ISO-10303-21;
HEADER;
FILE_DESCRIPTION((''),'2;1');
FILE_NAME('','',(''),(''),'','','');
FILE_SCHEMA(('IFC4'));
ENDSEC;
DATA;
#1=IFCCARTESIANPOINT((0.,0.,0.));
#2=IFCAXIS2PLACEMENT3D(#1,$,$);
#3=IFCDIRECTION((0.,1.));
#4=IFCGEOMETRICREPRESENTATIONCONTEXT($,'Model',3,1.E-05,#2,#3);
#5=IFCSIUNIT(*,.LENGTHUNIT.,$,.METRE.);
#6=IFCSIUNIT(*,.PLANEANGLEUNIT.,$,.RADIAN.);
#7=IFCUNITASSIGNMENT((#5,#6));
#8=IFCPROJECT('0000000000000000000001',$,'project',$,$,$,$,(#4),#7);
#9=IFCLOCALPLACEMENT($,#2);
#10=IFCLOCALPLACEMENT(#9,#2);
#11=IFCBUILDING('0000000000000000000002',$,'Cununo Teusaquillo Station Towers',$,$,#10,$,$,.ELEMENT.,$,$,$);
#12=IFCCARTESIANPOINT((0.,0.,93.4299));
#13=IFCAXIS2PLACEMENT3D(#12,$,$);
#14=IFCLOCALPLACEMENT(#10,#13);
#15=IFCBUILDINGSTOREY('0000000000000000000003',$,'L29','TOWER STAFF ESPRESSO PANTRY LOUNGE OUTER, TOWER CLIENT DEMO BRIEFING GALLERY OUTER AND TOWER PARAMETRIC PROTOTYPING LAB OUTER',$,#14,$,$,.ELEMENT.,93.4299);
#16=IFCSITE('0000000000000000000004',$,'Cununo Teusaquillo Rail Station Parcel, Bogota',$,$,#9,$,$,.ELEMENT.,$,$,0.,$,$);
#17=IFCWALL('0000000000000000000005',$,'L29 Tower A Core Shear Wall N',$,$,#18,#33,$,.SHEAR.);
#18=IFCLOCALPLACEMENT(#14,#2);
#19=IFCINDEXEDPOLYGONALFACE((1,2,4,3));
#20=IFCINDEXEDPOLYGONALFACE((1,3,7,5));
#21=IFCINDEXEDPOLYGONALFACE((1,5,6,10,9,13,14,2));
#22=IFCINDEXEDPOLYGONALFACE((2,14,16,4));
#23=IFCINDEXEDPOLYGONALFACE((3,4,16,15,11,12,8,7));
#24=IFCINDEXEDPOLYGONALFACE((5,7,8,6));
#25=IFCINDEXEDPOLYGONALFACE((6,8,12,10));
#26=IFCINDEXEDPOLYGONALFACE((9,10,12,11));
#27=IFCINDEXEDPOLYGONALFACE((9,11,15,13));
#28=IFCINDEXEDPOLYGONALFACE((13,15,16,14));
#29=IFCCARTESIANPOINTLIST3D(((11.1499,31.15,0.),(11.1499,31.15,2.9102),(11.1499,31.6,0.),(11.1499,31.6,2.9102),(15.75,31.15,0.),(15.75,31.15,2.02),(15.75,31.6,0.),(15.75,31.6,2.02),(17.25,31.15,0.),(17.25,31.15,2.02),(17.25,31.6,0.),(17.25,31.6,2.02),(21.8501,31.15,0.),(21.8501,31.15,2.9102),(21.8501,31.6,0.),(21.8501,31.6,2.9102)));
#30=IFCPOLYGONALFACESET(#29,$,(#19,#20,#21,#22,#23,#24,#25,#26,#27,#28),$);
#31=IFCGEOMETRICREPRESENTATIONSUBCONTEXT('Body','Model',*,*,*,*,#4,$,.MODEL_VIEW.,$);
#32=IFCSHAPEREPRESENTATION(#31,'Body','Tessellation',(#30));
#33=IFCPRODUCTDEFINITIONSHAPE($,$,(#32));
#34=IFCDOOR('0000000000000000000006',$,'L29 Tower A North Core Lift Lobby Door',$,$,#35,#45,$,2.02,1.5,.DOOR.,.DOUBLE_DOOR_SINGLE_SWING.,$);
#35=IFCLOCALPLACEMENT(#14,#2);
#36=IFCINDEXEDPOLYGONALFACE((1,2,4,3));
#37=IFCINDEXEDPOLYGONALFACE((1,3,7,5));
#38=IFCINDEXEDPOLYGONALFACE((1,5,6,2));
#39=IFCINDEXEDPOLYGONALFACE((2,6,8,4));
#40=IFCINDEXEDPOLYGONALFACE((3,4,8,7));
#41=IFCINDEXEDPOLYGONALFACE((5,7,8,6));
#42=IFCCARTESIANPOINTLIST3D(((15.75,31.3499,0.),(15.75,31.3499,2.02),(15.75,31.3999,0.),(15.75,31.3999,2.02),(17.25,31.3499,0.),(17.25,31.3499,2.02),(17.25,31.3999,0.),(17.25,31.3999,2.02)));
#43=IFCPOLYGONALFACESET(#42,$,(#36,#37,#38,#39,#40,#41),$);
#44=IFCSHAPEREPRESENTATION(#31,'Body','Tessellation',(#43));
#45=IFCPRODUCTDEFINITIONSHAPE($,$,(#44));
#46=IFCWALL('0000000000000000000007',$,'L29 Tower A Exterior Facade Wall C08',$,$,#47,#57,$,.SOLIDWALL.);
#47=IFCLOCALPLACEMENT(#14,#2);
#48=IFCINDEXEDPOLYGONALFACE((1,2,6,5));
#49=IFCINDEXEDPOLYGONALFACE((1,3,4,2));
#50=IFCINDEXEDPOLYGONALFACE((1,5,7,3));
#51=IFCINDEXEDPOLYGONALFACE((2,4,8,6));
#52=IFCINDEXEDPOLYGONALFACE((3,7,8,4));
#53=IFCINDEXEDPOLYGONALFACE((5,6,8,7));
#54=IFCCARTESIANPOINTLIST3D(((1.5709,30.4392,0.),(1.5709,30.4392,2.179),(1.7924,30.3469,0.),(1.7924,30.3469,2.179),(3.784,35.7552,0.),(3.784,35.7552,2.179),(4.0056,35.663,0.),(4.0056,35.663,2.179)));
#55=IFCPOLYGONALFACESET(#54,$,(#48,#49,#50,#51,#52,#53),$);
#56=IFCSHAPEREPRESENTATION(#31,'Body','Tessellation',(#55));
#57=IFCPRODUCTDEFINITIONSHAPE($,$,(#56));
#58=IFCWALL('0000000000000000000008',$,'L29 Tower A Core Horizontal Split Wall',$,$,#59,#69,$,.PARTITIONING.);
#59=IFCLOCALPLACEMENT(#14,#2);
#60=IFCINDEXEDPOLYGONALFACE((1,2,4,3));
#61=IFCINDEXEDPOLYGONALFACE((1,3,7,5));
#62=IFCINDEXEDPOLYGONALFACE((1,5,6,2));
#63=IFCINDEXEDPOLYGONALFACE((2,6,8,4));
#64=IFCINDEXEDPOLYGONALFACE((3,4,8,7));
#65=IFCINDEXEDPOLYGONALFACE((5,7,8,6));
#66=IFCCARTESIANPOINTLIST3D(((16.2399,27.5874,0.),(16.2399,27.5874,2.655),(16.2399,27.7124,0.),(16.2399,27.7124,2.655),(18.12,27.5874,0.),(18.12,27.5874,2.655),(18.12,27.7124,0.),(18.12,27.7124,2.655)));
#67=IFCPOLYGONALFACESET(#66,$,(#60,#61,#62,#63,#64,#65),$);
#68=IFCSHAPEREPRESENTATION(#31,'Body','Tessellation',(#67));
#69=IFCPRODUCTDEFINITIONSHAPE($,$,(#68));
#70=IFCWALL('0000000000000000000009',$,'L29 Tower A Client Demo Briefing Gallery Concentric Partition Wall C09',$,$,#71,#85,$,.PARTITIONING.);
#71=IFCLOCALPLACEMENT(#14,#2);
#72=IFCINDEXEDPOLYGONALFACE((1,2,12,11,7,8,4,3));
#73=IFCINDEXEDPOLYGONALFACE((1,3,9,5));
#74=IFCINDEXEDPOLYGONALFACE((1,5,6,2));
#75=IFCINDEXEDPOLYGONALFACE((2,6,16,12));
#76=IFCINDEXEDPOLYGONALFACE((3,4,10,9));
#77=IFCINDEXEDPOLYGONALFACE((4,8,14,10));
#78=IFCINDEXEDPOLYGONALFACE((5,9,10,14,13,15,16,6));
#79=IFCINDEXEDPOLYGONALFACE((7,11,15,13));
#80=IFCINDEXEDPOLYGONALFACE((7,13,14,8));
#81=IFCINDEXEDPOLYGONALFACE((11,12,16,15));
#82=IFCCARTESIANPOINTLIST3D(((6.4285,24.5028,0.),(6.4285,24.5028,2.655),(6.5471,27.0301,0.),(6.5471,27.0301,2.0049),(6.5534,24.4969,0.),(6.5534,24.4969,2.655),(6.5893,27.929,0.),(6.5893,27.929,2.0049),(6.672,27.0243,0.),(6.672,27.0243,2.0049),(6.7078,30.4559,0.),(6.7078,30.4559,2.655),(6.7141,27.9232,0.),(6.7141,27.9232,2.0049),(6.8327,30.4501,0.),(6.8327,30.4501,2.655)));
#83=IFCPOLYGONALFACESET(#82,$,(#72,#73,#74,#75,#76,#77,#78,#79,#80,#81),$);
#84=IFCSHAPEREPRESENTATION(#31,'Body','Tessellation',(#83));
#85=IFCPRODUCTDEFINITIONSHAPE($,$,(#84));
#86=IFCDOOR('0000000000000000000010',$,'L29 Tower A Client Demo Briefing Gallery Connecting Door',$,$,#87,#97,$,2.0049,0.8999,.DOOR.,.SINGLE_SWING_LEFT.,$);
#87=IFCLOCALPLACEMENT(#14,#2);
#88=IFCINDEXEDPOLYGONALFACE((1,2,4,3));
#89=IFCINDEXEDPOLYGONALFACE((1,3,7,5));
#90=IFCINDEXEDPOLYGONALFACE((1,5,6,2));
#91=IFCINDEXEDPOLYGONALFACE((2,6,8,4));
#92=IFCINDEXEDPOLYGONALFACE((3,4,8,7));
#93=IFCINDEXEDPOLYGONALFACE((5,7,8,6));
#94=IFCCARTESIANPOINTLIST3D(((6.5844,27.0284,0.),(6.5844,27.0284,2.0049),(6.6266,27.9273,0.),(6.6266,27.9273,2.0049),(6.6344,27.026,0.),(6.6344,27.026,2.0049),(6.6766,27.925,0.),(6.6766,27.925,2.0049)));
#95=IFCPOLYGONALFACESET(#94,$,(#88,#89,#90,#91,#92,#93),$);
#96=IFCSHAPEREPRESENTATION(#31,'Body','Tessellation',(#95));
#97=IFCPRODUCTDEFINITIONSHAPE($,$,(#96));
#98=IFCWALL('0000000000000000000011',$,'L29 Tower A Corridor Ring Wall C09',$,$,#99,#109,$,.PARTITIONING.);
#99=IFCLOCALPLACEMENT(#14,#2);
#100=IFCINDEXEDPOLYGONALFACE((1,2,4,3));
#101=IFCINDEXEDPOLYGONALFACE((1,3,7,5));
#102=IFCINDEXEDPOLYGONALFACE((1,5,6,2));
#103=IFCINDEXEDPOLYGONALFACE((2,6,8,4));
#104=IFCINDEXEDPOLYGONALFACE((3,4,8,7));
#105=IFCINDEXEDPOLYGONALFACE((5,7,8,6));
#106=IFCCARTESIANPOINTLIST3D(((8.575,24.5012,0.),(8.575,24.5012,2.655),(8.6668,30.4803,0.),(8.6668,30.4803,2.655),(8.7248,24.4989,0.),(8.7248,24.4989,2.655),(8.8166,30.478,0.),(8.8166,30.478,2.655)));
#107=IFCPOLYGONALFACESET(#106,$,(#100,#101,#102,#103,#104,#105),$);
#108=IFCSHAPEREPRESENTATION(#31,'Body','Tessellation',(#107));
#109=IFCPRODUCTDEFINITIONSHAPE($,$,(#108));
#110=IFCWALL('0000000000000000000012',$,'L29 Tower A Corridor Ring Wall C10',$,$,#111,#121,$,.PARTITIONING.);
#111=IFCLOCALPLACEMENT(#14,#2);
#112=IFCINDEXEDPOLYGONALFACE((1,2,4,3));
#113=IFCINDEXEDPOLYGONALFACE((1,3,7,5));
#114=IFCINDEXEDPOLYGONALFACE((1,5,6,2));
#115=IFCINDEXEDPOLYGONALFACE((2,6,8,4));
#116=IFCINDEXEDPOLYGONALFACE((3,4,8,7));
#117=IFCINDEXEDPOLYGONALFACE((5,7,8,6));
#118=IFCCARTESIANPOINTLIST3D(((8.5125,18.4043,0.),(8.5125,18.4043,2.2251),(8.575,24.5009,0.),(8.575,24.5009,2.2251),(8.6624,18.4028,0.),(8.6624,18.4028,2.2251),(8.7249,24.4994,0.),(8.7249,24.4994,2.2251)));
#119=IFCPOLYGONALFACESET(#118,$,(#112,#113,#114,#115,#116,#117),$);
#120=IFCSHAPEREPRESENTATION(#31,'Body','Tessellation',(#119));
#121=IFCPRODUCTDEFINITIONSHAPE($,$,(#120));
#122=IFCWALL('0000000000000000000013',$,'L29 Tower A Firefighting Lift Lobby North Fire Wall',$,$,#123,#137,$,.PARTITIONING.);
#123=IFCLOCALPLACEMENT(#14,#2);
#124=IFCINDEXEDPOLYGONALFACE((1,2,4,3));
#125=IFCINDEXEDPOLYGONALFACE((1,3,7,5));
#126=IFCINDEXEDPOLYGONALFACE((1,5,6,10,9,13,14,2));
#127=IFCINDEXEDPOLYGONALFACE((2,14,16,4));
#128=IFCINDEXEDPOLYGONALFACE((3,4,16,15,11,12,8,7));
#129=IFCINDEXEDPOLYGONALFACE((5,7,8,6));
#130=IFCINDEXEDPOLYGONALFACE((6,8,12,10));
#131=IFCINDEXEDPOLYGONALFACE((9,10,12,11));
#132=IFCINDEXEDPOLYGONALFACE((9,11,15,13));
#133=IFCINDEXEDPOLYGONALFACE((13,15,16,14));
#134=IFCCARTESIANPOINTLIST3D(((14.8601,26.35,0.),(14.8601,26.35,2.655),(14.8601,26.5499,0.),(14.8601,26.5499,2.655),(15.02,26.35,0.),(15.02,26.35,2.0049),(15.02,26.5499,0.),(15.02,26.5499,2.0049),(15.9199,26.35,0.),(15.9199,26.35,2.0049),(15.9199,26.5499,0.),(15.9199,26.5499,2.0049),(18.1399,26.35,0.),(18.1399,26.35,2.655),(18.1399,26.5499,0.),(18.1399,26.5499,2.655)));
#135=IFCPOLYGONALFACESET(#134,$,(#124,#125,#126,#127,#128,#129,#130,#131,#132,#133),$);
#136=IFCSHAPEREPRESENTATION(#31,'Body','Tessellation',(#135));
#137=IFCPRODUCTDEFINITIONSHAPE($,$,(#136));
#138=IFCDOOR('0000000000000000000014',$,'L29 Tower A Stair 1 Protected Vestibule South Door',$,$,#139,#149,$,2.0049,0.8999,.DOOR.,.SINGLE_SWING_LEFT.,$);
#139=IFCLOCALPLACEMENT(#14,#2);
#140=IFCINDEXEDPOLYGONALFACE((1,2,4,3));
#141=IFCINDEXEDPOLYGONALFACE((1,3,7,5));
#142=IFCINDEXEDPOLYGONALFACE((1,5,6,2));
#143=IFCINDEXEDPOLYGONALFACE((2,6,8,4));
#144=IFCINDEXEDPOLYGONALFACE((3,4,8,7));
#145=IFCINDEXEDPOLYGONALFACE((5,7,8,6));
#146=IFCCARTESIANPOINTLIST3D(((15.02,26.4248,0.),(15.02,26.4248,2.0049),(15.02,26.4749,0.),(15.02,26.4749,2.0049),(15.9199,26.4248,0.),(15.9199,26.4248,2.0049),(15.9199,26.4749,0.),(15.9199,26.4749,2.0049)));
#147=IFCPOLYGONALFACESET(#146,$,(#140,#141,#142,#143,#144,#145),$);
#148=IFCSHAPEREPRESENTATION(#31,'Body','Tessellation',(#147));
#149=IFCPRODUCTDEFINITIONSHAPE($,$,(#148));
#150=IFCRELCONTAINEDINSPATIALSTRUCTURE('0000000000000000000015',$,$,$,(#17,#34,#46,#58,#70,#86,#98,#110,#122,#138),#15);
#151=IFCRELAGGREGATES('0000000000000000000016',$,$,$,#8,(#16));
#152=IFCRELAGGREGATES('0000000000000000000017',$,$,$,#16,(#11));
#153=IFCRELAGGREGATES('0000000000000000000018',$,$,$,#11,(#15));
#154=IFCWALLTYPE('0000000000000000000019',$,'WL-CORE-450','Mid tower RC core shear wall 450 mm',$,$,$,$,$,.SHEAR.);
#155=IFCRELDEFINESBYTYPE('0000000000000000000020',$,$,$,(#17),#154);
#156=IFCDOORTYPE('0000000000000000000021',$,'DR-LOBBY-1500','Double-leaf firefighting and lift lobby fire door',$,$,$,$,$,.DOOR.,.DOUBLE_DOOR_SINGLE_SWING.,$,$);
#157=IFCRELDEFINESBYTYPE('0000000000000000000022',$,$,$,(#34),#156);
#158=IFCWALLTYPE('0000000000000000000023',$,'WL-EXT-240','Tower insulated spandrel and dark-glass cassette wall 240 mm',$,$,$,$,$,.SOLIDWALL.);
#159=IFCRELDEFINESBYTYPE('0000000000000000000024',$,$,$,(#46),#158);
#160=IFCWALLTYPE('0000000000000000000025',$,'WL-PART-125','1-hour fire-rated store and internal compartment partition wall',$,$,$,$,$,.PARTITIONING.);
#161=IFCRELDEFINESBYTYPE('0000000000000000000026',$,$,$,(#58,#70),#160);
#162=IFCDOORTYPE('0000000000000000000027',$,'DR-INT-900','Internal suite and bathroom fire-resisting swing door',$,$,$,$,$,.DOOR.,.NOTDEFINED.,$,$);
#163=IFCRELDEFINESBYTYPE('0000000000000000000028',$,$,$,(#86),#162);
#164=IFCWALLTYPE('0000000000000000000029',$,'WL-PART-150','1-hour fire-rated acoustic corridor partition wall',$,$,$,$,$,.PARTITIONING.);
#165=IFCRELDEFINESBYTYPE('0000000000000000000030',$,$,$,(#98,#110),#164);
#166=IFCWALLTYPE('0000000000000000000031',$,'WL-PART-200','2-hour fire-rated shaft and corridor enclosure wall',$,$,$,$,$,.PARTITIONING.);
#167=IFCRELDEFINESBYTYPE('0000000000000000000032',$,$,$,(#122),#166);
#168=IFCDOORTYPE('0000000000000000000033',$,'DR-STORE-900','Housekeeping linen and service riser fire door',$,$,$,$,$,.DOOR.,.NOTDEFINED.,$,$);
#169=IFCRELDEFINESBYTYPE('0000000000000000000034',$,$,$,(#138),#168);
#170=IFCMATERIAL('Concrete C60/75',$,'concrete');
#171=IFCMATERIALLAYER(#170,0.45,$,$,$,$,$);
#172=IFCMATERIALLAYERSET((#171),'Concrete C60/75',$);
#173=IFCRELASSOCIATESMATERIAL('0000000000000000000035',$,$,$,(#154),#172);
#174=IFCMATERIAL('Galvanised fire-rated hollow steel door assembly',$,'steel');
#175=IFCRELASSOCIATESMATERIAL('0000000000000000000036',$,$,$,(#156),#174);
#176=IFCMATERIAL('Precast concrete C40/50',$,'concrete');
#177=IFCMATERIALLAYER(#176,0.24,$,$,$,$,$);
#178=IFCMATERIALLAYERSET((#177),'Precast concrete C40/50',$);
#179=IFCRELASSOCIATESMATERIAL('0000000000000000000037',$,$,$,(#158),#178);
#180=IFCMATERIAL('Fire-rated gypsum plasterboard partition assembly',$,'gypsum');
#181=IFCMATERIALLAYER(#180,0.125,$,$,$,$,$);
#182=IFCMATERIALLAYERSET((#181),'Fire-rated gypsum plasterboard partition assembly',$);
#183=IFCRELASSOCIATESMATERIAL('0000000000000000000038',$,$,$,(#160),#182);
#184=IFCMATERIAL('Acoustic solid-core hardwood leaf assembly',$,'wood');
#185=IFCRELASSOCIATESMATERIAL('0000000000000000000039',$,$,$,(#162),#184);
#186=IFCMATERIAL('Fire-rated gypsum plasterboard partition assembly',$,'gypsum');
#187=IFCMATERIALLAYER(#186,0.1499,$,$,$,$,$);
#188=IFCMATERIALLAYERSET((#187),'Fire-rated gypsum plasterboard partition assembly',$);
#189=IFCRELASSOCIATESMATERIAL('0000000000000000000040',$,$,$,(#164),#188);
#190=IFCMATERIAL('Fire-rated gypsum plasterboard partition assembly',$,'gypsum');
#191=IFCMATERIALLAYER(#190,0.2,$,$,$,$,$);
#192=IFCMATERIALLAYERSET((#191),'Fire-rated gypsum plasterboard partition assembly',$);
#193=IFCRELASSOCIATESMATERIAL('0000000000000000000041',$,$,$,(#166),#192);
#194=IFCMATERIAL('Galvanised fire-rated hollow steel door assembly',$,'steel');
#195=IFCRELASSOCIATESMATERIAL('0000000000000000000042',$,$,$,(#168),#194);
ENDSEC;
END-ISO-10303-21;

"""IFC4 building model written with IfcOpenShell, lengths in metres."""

from ifc_helpers import new_model, si_unit, direction, frame, frame_2d, origin, place, context, subcontext, project, spatial, rectangle, extrude, source, transform, mapped, material, layer, layer_set, type_object, element, fill, save


model = new_model("IFC4")

# Units and contexts
model_context = context("Model", 3, precision=1e-05, world=origin(), true_north=direction((0.0, 1.0)))
body_context = subcontext(model_context, "Body", "Model", "MODEL_VIEW")
ifc_project = project(units=[si_unit("LENGTHUNIT", "METRE"), si_unit("PLANEANGLEUNIT", "RADIAN")], contexts=[model_context])

# Site, building, storey
site_placement = place(None, origin())
site = spatial("IfcSite", under=ifc_project, at=site_placement, Name="Cununo Teusaquillo Rail Station Parcel, Bogota", CompositionType="ELEMENT", RefElevation=0.0)
building_placement = place(site_placement, origin())
building = spatial("IfcBuilding", under=site, at=building_placement, Name="Cununo Teusaquillo Station Towers", CompositionType="ELEMENT")
storey_placement = place(building_placement, frame((0.0, 0.0, 93.4299)))
storey = spatial("IfcBuildingStorey", under=building, at=storey_placement, Name="L29", Description="TOWER STAFF ESPRESSO PANTRY LOUNGE OUTER, TOWER CLIENT DEMO BRIEFING GALLERY OUTER AND TOWER PARAMETRIC PROTOTYPING LAB OUTER", CompositionType="ELEMENT", Elevation=93.4299)

# Wall, opening, door
ifc_material_1 = material(Name="Concrete C60/75", Category="concrete")
ifc_layer_1 = layer(ifc_material_1, 0.45)
ifc_layer_set_1 = layer_set([ifc_layer_1], Name="Concrete C60/75")
wall_type_1 = type_object("IfcWallType", Name="WL-CORE-450", Description="Mid tower RC core shear wall 450 mm", PredefinedType="SHEAR", material=ifc_layer_set_1)
wall_1_placement = place(storey_placement, frame((11.1499, 31.375, 0.0), z_axis=(0.0, 0.0, 1.0), x_axis=(1.0, 0.0, 0.0)))
wall_1 = element("IfcWall", 1, at=wall_1_placement, inside=storey, type_object=wall_type_1, Name="L29 Tower A Core Shear Wall N", PredefinedType="SHEAR", context=body_context, shape_type="SweptSolid", body=[
    extrude(rectangle(XDim=10.7002, YDim=0.45, at=frame_2d((5.3501, 0.0))), origin(), (0.0, 0.0, 1.0), 2.9102),
])
shared_shape_1 = source(origin(), body_context, "Body", "SweptSolid", [
    extrude(rectangle(XDim=1.5, YDim=2.02, at=frame_2d((0.75, 1.01))), frame((0.0, 0.2349, 0.0), z_axis=(0.0, -1.0, 0.0), x_axis=(1.0, 0.0, 0.0)), (0.0, 0.0, 1.0), 0.47),
])
opening_1_placement = place(wall_1_placement, frame((4.6001, 0.0, 0.0)))
opening_1 = element("IfcOpeningElement", 2, at=opening_1_placement, cuts=wall_1, PredefinedType="OPENING", context=body_context, shape_type="MappedRepresentation", body=[
    mapped(shared_shape_1, transform((0.0, 0.0, 0.0), x_axis=(1.0, 0.0, 0.0), y_axis=(0.0, 1.0, 0.0), z_axis=(0.0, 0.0, 1.0), scale=1.0)),
])
ifc_material_2 = material(Name="Galvanised fire-rated hollow steel door assembly", Category="steel")
door_type_1 = type_object("IfcDoorType", Name="DR-LOBBY-1500", Description="Double-leaf firefighting and lift lobby fire door", OperationType="DOUBLE_DOOR_SINGLE_SWING", PredefinedType="DOOR", material=ifc_material_2)
shared_shape_2 = source(origin(), body_context, "Body", "SweptSolid", [
    extrude(rectangle(XDim=1.5, YDim=2.02, at=frame_2d((0.75, 1.01))), frame((0.0, 0.0249, 0.0), z_axis=(0.0, -1.0, 0.0), x_axis=(1.0, 0.0, 0.0)), (0.0, 0.0, 1.0), 0.05),
])
door_1_placement = place(opening_1_placement, origin())
door_1 = element("IfcDoor", 3, at=door_1_placement, inside=storey, type_object=door_type_1, Name="L29 Tower A North Core Lift Lobby Door", OperationType="DOUBLE_DOOR_SINGLE_SWING", OverallHeight=2.02, OverallWidth=1.5, PredefinedType="DOOR", context=body_context, shape_type="MappedRepresentation", body=[
    mapped(shared_shape_2, transform((0.0, 0.0, 0.0), x_axis=(1.0, 0.0, 0.0), y_axis=(0.0, 1.0, 0.0), z_axis=(0.0, 0.0, 1.0), scale=1.0)),
])
fill(opening_1, door_1)

# Walls
ifc_material_3 = material(Name="Precast concrete C40/50", Category="concrete")
ifc_layer_2 = layer(ifc_material_3, 0.24)
ifc_layer_set_2 = layer_set([ifc_layer_2], Name="Precast concrete C40/50")
wall_type_2 = type_object("IfcWallType", Name="WL-EXT-240", Description="Tower insulated spandrel and dark-glass cassette wall 240 mm", PredefinedType="SOLIDWALL", material=ifc_layer_set_2)
wall_2_placement = place(storey_placement, frame((1.6816, 30.3931, 0.0), z_axis=(0.0, 0.0, 1.0), x_axis=(0.384344, 0.92319, 0.0)))
element("IfcWall", 4, at=wall_2_placement, inside=storey, type_object=wall_type_2, Name="L29 Tower A Exterior Facade Wall C08", PredefinedType="SOLIDWALL", context=body_context, shape_type="SweptSolid", body=[
    extrude(rectangle(XDim=5.7583, YDim=0.24, at=frame_2d((2.8792, 0.0))), origin(), (0.0, 0.0, 1.0), 2.179),
])
ifc_material_4 = material(Name="Fire-rated gypsum plasterboard partition assembly", Category="gypsum")
ifc_layer_3 = layer(ifc_material_4, 0.125)
ifc_layer_set_3 = layer_set([ifc_layer_3], Name="Fire-rated gypsum plasterboard partition assembly")
wall_type_3 = type_object("IfcWallType", Name="WL-PART-125", Description="1-hour fire-rated store and internal compartment partition wall", PredefinedType="PARTITIONING", material=ifc_layer_set_3)
wall_3_placement = place(storey_placement, frame((16.24, 27.6499, 0.0), z_axis=(0.0, 0.0, 1.0), x_axis=(1.0, 0.0, 0.0)))
element("IfcWall", 5, at=wall_3_placement, inside=storey, type_object=wall_type_3, Name="L29 Tower A Core Horizontal Split Wall", PredefinedType="PARTITIONING", context=body_context, shape_type="SweptSolid", body=[
    extrude(rectangle(XDim=1.8801, YDim=0.125, at=frame_2d((0.9399, 0.0))), origin(), (0.0, 0.0, 1.0), 2.655),
])

# Wall, opening, door
wall_4_placement = place(storey_placement, frame((6.7703, 30.4531, 0.0), z_axis=(0.0, 0.0, 1.0), x_axis=(-0.046864, -0.998901, 0.0)))
wall_4 = element("IfcWall", 6, at=wall_4_placement, inside=storey, type_object=wall_type_3, Name="L29 Tower A Client Demo Briefing Gallery Concentric Partition Wall C09", PredefinedType="PARTITIONING", context=body_context, shape_type="SweptSolid", body=[
    extrude(rectangle(XDim=5.9597, YDim=0.125, at=frame_2d((2.98, 0.0))), origin(), (0.0, 0.0, 1.0), 2.655),
])
shared_shape_3 = source(origin(), body_context, "Body", "SweptSolid", [
    extrude(rectangle(XDim=0.8999, YDim=2.0049, at=frame_2d((0.45, 1.0024))), frame((0.0, 0.0725, 0.0), z_axis=(0.0, -1.0, 0.0), x_axis=(1.0, 0.0, 0.0)), (0.0, 0.0, 1.0), 0.145),
])
opening_2_placement = place(wall_4_placement, frame((2.5298, 0.0, 0.0)))
opening_2 = element("IfcOpeningElement", 7, at=opening_2_placement, cuts=wall_4, PredefinedType="OPENING", context=body_context, shape_type="MappedRepresentation", body=[
    mapped(shared_shape_3, transform((0.0, 0.0, 0.0), x_axis=(1.0, 0.0, 0.0), y_axis=(0.0, 1.0, 0.0), z_axis=(0.0, 0.0, 1.0), scale=1.0)),
])
ifc_material_5 = material(Name="Acoustic solid-core hardwood leaf assembly", Category="wood")
door_type_2 = type_object("IfcDoorType", Name="DR-INT-900", Description="Internal suite and bathroom fire-resisting swing door", OperationType="NOTDEFINED", PredefinedType="DOOR", material=ifc_material_5)
shared_shape_4 = source(origin(), body_context, "Body", "SweptSolid", [
    extrude(rectangle(XDim=0.8999, YDim=2.0049, at=frame_2d((0.45, 1.0024))), frame((0.0, 0.0249, 0.0), z_axis=(0.0, -1.0, 0.0), x_axis=(1.0, 0.0, 0.0)), (0.0, 0.0, 1.0), 0.05),
])
door_2_placement = place(opening_2_placement, origin())
door_2 = element("IfcDoor", 8, at=door_2_placement, inside=storey, type_object=door_type_2, Name="L29 Tower A Client Demo Briefing Gallery Connecting Door", OperationType="SINGLE_SWING_LEFT", OverallHeight=2.0049, OverallWidth=0.8999, PredefinedType="DOOR", context=body_context, shape_type="MappedRepresentation", body=[
    mapped(shared_shape_4, transform((0.0, 0.0, 0.0), x_axis=(1.0, 0.0, 0.0), y_axis=(0.0, 1.0, 0.0), z_axis=(0.0, 0.0, 1.0), scale=1.0)),
])
fill(opening_2, door_2)

# Walls
ifc_material_6 = material(Name="Fire-rated gypsum plasterboard partition assembly", Category="gypsum")
ifc_layer_4 = layer(ifc_material_6, 0.1499)
ifc_layer_set_4 = layer_set([ifc_layer_4], Name="Fire-rated gypsum plasterboard partition assembly")
wall_type_4 = type_object("IfcWallType", Name="WL-PART-150", Description="1-hour fire-rated acoustic corridor partition wall", PredefinedType="PARTITIONING", material=ifc_layer_set_4)
wall_5_placement = place(storey_placement, frame((8.7417, 30.479, 0.0), z_axis=(0.0, 0.0, 1.0), x_axis=(-0.015351, -0.999882, 0.0)))
element("IfcWall", 9, at=wall_5_placement, inside=storey, type_object=wall_type_4, Name="L29 Tower A Corridor Ring Wall C09", PredefinedType="PARTITIONING", context=body_context, shape_type="SweptSolid", body=[
    extrude(rectangle(XDim=5.9797, YDim=0.1499, at=frame_2d((2.9897, 0.0))), origin(), (0.0, 0.0, 1.0), 2.655),
])
wall_6_placement = place(storey_placement, frame((8.6499, 24.5, 0.0), z_axis=(0.0, 0.0, 1.0), x_axis=(-0.010251, -0.999947, 0.0)))
element("IfcWall", 10, at=wall_6_placement, inside=storey, type_object=wall_type_4, Name="L29 Tower A Corridor Ring Wall C10", PredefinedType="PARTITIONING", context=body_context, shape_type="SweptSolid", body=[
    extrude(rectangle(XDim=6.0969, YDim=0.1499, at=frame_2d((3.0483, 0.0))), origin(), (0.0, 0.0, 1.0), 2.2251),
])

# Wall, opening, door
ifc_material_7 = material(Name="Fire-rated gypsum plasterboard partition assembly", Category="gypsum")
ifc_layer_5 = layer(ifc_material_7, 0.2)
ifc_layer_set_5 = layer_set([ifc_layer_5], Name="Fire-rated gypsum plasterboard partition assembly")
wall_type_5 = type_object("IfcWallType", Name="WL-PART-200", Description="2-hour fire-rated shaft and corridor enclosure wall", PredefinedType="PARTITIONING", material=ifc_layer_set_5)
wall_7_placement = place(storey_placement, frame((14.8601, 26.45, 0.0), z_axis=(0.0, 0.0, 1.0), x_axis=(1.0, 0.0, 0.0)))
wall_7 = element("IfcWall", 11, at=wall_7_placement, inside=storey, type_object=wall_type_5, Name="L29 Tower A Firefighting Lift Lobby North Fire Wall", PredefinedType="PARTITIONING", context=body_context, shape_type="SweptSolid", body=[
    extrude(rectangle(XDim=3.2798, YDim=0.2, at=frame_2d((1.6399, 0.0))), origin(), (0.0, 0.0, 1.0), 2.655),
])
shared_shape_5 = source(origin(), body_context, "Body", "SweptSolid", [
    extrude(rectangle(XDim=0.8999, YDim=2.0049, at=frame_2d((0.45, 1.0024))), frame((0.0, 0.1099, 0.0), z_axis=(0.0, -1.0, 0.0), x_axis=(1.0, 0.0, 0.0)), (0.0, 0.0, 1.0), 0.22),
])
opening_3_placement = place(wall_7_placement, frame((0.1599, 0.0, 0.0)))
opening_3 = element("IfcOpeningElement", 12, at=opening_3_placement, cuts=wall_7, PredefinedType="OPENING", context=body_context, shape_type="MappedRepresentation", body=[
    mapped(shared_shape_5, transform((0.0, 0.0, 0.0), x_axis=(1.0, 0.0, 0.0), y_axis=(0.0, 1.0, 0.0), z_axis=(0.0, 0.0, 1.0), scale=1.0)),
])
ifc_material_8 = material(Name="Galvanised fire-rated hollow steel door assembly", Category="steel")
door_type_3 = type_object("IfcDoorType", Name="DR-STORE-900", Description="Housekeeping linen and service riser fire door", OperationType="NOTDEFINED", PredefinedType="DOOR", material=ifc_material_8)
door_3_placement = place(opening_3_placement, origin())
door_3 = element("IfcDoor", 13, at=door_3_placement, inside=storey, type_object=door_type_3, Name="L29 Tower A Stair 1 Protected Vestibule South Door", OperationType="SINGLE_SWING_LEFT", OverallHeight=2.0049, OverallWidth=0.8999, PredefinedType="DOOR", context=body_context, shape_type="MappedRepresentation", body=[
    mapped(shared_shape_4, transform((0.0, 0.0, 0.0), x_axis=(1.0, 0.0, 0.0), y_axis=(0.0, 1.0, 0.0), z_axis=(0.0, 0.0, 1.0), scale=1.0)),
])
fill(opening_3, door_3)

save(model, "model.ifc")
